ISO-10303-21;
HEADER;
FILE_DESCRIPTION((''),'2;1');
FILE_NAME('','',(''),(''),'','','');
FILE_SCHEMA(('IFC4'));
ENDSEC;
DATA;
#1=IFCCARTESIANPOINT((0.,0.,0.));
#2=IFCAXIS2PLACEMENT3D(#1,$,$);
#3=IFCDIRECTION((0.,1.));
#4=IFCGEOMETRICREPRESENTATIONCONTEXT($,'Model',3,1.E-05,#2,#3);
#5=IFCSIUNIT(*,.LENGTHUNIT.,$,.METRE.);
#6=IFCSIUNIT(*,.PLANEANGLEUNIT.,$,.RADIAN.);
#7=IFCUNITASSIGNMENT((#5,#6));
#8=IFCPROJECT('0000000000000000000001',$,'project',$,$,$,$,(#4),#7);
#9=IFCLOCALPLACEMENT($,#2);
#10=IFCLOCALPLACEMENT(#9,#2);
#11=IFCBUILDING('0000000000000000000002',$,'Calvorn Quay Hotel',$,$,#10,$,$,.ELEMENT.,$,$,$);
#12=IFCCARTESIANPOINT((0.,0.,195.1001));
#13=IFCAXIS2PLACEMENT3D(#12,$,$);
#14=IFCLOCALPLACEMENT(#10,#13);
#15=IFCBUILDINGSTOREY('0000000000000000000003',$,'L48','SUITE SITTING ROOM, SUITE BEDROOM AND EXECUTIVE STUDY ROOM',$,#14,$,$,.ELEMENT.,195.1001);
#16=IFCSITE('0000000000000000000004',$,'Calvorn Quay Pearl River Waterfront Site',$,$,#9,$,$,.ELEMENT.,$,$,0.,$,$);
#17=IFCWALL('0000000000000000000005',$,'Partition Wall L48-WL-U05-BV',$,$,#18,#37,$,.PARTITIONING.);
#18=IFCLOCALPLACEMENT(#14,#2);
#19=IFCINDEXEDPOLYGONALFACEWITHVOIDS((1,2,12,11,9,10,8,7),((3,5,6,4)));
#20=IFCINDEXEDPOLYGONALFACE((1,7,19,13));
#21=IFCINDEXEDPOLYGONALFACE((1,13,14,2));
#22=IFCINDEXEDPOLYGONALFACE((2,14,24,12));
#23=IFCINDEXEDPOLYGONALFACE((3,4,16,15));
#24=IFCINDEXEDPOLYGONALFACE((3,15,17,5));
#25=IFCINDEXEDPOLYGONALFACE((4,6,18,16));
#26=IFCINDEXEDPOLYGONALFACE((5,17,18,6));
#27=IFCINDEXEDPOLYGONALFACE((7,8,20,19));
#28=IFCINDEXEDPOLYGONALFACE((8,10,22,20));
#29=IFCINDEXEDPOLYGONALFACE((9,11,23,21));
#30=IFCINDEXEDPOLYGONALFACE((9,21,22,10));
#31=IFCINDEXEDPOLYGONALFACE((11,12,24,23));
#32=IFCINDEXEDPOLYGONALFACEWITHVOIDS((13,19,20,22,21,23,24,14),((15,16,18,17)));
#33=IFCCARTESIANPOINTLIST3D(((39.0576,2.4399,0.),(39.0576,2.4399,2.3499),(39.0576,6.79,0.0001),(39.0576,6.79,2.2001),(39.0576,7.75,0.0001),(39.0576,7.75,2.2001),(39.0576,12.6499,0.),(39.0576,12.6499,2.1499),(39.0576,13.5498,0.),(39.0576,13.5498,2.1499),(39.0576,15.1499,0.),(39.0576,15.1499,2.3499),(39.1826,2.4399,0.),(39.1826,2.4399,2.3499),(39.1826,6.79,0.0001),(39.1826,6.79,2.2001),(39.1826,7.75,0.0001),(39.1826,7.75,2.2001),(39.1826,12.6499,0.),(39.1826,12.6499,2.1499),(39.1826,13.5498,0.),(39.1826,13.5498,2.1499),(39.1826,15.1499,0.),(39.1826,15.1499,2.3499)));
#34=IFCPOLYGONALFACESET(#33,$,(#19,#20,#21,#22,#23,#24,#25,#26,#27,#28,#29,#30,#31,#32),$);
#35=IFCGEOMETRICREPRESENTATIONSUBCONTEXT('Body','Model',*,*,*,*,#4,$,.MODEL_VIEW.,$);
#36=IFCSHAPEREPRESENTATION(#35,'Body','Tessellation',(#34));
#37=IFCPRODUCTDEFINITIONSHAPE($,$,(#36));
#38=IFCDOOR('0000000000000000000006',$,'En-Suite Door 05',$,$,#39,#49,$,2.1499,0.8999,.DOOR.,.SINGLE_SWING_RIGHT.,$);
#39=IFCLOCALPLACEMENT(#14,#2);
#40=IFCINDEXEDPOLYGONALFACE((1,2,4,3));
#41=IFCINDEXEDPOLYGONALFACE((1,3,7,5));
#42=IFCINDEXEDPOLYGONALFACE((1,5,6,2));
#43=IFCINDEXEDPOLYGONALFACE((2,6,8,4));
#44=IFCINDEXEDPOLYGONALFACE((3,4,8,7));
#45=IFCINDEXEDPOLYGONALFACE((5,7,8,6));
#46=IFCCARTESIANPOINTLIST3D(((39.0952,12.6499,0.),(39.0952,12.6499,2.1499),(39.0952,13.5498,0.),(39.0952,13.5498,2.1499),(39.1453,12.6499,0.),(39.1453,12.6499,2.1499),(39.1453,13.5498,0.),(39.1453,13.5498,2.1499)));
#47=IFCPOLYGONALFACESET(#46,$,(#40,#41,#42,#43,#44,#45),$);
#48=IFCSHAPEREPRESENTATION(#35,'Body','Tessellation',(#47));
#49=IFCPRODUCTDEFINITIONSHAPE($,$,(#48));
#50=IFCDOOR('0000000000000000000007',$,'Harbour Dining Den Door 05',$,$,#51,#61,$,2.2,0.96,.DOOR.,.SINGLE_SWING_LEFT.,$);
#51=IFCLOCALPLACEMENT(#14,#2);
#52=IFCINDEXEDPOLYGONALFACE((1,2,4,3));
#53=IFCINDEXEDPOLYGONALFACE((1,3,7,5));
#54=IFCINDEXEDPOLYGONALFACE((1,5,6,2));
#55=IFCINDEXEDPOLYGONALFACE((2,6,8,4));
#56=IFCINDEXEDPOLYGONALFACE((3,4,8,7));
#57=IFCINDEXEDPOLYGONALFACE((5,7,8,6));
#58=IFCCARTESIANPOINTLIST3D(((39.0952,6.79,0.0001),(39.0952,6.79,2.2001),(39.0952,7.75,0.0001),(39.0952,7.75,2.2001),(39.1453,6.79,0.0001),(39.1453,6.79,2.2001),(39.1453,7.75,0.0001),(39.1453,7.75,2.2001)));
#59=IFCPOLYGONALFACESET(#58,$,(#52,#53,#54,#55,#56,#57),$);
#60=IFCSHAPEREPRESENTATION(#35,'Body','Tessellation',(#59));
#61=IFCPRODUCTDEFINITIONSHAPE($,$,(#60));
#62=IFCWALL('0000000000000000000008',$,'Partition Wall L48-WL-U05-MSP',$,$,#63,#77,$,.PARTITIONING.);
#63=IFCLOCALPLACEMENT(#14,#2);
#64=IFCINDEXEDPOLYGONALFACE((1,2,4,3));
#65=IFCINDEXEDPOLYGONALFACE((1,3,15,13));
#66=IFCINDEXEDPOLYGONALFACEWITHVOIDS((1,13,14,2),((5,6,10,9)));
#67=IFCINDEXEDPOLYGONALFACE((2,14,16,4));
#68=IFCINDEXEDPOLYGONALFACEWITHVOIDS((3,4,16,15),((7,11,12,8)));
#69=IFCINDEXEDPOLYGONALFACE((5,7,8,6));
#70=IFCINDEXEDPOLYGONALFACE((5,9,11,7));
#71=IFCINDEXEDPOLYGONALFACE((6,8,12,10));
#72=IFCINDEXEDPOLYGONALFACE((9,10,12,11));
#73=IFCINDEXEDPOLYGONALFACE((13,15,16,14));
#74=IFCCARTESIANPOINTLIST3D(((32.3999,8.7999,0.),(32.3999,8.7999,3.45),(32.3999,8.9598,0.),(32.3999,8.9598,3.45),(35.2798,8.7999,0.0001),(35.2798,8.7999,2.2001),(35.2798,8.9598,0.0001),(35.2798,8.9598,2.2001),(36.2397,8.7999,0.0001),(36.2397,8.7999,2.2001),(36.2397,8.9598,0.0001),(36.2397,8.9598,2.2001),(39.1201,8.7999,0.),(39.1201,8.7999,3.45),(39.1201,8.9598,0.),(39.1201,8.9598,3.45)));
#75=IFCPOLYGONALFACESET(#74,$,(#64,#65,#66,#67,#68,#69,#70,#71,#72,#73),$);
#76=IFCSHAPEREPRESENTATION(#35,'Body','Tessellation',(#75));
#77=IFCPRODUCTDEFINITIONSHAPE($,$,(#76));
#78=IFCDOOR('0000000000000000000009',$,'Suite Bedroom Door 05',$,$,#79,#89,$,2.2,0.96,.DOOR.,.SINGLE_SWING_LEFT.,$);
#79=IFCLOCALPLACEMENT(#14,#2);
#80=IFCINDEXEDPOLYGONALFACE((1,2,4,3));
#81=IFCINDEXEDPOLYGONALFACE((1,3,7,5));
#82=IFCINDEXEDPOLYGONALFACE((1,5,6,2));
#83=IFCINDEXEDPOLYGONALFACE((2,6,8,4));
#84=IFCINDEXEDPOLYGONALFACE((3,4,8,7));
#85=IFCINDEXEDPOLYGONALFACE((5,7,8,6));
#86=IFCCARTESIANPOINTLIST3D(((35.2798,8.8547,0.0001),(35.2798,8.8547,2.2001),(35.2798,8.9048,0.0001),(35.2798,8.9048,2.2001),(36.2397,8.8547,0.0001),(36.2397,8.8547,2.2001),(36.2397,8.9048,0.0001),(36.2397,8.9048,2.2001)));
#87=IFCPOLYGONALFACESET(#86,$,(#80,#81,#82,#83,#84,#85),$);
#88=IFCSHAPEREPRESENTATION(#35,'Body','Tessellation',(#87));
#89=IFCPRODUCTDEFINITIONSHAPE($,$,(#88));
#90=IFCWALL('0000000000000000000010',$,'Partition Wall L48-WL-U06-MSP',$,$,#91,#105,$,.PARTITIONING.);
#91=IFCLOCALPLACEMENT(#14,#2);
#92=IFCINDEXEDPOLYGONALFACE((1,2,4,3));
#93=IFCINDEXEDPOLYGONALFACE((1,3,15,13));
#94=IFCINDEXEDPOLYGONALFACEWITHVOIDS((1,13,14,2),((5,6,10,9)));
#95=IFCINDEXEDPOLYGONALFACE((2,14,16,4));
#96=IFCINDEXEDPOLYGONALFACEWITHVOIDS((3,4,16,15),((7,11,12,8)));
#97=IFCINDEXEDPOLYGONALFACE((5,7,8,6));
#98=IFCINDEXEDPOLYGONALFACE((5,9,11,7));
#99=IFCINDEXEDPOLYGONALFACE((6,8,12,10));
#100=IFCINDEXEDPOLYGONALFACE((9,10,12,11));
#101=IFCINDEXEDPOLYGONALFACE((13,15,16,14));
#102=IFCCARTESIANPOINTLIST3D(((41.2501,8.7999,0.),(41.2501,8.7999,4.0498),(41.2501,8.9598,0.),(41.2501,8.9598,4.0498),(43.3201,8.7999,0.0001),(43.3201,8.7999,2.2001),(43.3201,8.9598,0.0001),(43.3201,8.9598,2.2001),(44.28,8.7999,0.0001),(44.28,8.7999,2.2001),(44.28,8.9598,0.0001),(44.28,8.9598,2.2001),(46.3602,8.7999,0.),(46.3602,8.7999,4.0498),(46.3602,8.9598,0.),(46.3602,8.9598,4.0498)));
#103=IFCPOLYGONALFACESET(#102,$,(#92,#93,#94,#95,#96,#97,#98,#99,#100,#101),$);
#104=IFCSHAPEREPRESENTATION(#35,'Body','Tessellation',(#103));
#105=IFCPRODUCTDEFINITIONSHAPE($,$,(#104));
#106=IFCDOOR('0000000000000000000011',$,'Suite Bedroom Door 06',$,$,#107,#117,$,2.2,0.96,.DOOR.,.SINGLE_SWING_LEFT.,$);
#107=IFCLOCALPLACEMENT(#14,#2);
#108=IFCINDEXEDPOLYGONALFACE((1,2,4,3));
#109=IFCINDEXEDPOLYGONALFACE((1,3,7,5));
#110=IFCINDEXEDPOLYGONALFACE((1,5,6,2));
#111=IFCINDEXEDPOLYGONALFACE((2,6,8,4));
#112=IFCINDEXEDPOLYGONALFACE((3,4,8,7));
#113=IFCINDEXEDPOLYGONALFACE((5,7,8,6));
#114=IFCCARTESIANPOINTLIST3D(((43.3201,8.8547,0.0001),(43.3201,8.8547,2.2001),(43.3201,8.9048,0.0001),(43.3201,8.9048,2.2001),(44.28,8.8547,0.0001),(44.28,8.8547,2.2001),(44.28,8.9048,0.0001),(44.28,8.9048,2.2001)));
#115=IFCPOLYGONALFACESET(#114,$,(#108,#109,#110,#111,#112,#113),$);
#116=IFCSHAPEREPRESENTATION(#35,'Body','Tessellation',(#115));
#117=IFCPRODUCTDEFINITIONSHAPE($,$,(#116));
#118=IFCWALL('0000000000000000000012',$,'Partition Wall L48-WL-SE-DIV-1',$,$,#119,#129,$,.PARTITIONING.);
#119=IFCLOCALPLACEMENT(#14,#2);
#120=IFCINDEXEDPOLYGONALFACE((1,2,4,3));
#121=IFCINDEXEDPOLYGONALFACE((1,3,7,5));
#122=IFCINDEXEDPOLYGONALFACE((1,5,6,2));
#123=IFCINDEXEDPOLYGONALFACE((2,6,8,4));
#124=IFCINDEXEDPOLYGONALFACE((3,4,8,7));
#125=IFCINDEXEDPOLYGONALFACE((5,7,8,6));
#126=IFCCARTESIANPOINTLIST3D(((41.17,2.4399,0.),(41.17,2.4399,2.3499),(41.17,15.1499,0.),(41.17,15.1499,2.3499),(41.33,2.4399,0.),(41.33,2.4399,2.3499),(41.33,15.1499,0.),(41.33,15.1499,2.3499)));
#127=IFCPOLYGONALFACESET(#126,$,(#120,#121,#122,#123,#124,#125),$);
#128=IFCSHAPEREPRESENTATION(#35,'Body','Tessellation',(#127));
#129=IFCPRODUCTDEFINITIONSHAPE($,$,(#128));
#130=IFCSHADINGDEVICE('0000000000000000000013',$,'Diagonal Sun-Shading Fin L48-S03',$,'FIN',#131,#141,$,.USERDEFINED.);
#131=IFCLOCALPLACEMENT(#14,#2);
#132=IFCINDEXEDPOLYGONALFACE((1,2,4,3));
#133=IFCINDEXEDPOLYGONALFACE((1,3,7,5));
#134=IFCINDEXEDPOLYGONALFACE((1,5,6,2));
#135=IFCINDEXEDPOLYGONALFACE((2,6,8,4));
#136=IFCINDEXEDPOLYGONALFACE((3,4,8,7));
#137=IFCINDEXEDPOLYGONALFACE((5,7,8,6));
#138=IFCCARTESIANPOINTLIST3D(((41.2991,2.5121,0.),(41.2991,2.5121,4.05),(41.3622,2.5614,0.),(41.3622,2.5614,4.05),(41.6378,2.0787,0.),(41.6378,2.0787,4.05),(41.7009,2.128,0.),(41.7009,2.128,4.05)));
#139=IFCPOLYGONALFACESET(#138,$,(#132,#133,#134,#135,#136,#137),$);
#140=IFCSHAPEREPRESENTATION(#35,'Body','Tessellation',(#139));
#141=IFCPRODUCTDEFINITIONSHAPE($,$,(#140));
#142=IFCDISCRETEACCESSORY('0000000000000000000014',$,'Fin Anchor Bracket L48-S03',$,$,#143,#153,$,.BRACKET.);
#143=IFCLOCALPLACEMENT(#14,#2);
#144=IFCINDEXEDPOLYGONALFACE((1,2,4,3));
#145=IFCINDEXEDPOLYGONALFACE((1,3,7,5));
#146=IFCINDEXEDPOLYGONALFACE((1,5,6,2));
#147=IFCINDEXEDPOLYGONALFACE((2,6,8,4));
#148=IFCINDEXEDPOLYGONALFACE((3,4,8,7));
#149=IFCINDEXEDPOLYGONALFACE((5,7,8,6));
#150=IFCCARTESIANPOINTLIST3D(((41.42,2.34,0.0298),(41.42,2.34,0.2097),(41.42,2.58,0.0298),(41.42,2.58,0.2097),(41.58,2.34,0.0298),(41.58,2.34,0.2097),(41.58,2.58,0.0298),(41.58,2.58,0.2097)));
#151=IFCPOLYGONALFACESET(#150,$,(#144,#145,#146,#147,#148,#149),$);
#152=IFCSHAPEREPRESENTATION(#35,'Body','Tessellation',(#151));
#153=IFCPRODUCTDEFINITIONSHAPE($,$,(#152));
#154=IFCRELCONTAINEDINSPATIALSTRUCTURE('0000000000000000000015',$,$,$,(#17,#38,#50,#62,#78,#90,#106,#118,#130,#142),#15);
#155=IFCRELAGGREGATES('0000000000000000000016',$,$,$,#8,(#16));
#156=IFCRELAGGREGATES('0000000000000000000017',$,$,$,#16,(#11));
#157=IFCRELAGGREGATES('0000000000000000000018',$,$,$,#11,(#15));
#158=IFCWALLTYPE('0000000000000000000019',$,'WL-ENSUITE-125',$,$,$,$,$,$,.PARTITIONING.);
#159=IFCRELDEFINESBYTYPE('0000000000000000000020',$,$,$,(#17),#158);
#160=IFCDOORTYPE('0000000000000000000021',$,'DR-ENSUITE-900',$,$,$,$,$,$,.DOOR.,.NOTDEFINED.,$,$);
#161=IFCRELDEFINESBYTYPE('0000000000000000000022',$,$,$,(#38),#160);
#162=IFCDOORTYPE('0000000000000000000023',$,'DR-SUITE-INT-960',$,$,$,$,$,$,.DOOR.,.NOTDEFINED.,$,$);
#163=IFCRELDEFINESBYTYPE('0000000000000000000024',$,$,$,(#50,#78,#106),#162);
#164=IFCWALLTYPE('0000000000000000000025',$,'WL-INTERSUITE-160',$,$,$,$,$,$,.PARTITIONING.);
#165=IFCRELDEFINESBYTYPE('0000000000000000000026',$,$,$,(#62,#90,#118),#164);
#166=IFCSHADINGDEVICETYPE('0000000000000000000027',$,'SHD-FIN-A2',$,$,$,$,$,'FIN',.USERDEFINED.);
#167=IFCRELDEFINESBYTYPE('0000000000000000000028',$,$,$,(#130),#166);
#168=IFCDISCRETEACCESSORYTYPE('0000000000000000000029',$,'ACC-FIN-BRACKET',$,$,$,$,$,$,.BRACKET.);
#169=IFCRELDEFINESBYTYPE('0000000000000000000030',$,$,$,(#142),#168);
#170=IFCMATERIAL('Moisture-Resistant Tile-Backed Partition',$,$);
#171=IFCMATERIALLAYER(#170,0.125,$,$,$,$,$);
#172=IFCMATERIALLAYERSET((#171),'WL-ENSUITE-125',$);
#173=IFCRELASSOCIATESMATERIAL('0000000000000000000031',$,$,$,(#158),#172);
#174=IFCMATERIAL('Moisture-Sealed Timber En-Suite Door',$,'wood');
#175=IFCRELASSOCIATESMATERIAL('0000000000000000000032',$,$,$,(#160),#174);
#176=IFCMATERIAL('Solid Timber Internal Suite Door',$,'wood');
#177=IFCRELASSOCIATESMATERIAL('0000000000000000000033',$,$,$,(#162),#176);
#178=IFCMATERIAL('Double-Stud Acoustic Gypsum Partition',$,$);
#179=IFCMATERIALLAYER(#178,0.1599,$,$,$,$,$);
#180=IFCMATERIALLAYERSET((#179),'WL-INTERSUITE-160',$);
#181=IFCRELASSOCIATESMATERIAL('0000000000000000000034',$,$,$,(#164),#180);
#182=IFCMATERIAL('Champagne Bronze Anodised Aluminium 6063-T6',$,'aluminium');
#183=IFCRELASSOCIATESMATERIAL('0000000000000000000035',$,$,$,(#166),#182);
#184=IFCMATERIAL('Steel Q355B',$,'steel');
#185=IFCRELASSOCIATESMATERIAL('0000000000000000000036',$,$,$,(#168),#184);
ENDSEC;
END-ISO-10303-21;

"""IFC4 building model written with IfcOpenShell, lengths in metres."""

from ifc_helpers import new_model, si_unit, direction, frame, frame_2d, origin, origin_2d, place, context, subcontext, project, spatial, rectangle, extrude, material, layer, layer_set, type_object, element, fill, save


model = new_model("IFC4")

# Units and contexts
model_context = context("Model", 3, precision=1e-05, world=origin(), true_north=direction((0.0, 1.0)))
body_context = subcontext(model_context, "Body", "Model", "MODEL_VIEW")
ifc_project = project(units=[si_unit("LENGTHUNIT", "METRE"), si_unit("PLANEANGLEUNIT", "RADIAN")], contexts=[model_context])

# Site, building, storey
site_placement = place(None, origin())
site = spatial("IfcSite", under=ifc_project, at=site_placement, Name="Calvorn Quay Pearl River Waterfront Site", CompositionType="ELEMENT", RefElevation=0.0)
building_placement = place(site_placement, origin())
building = spatial("IfcBuilding", under=site, at=building_placement, Name="Calvorn Quay Hotel", CompositionType="ELEMENT")
storey_placement = place(building_placement, frame((0.0, 0.0, 195.1001)))
storey = spatial("IfcBuildingStorey", under=building, at=storey_placement, Name="L48", Description="SUITE SITTING ROOM, SUITE BEDROOM AND EXECUTIVE STUDY ROOM", CompositionType="ELEMENT", Elevation=195.1001)

# Wall, openings, doors
ifc_material_1 = material(Name="Moisture-Resistant Tile-Backed Partition")
ifc_layer_1 = layer(ifc_material_1, 0.125)
ifc_layer_set_1 = layer_set([ifc_layer_1], Name="WL-ENSUITE-125")
wall_type_1 = type_object("IfcWallType", Name="WL-ENSUITE-125", PredefinedType="PARTITIONING", material=ifc_layer_set_1)
wall_1_placement = place(storey_placement, frame((39.1201, 2.4399, 0.0), z_axis=(0.0, 0.0, 1.0), x_axis=(0.0, 1.0, 0.0)))
wall_1 = element("IfcWall", 1, at=wall_1_placement, inside=storey, type_object=wall_type_1, Name="Partition Wall L48-WL-U05-BV", PredefinedType="PARTITIONING", context=body_context, shape_type="SweptSolid", body=[
    extrude(rectangle(XDim=12.71, YDim=0.125, at=frame_2d((6.355, 0.0))), origin(), (0.0, 0.0, 1.0), 2.3499),
])
opening_1_placement = place(wall_1_placement, frame((4.3501, 0.0, 0.0)))
opening_1 = element("IfcOpeningElement", 2, at=opening_1_placement, cuts=wall_1, PredefinedType="OPENING", context=body_context, shape_type="SweptSolid", body=[
    extrude(rectangle(XDim=0.96, YDim=2.2, at=frame_2d((0.48, 1.1001))), frame((0.0, 0.0725, 0.0), z_axis=(0.0, -1.0, 0.0), x_axis=(1.0, 0.0, 0.0)), (0.0, 0.0, 1.0), 0.145),
])
opening_2_placement = place(wall_1_placement, frame((10.21, 0.0, 0.0)))
opening_2 = element("IfcOpeningElement", 3, at=opening_2_placement, cuts=wall_1, PredefinedType="OPENING", context=body_context, shape_type="SweptSolid", body=[
    extrude(rectangle(XDim=0.8999, YDim=2.1499, at=frame_2d((0.45, 1.075))), frame((0.0, 0.0725, 0.0), z_axis=(0.0, -1.0, 0.0), x_axis=(1.0, 0.0, 0.0)), (0.0, 0.0, 1.0), 0.145),
])
ifc_material_2 = material(Name="Moisture-Sealed Timber En-Suite Door", Category="wood")
door_type_1 = type_object("IfcDoorType", Name="DR-ENSUITE-900", OperationType="NOTDEFINED", PredefinedType="DOOR", material=ifc_material_2)
door_1_placement = place(opening_2_placement, origin())
door_1 = element("IfcDoor", 4, at=door_1_placement, inside=storey, type_object=door_type_1, Name="En-Suite Door 05", OperationType="SINGLE_SWING_RIGHT", OverallHeight=2.1499, OverallWidth=0.8999, PredefinedType="DOOR", context=body_context, shape_type="SweptSolid", body=[
    extrude(rectangle(XDim=0.8999, YDim=2.1499, at=frame_2d((0.45, 1.075))), frame((0.0, 0.0249, 0.0), z_axis=(0.0, -1.0, 0.0), x_axis=(1.0, 0.0, 0.0)), (0.0, 0.0, 1.0), 0.05),
])
fill(opening_2, door_1)
ifc_material_3 = material(Name="Solid Timber Internal Suite Door", Category="wood")
door_type_2 = type_object("IfcDoorType", Name="DR-SUITE-INT-960", OperationType="NOTDEFINED", PredefinedType="DOOR", material=ifc_material_3)
door_2_placement = place(opening_1_placement, origin())
door_2 = element("IfcDoor", 5, at=door_2_placement, inside=storey, type_object=door_type_2, Name="Harbour Dining Den Door 05", OperationType="SINGLE_SWING_LEFT", OverallHeight=2.2, OverallWidth=0.96, PredefinedType="DOOR", context=body_context, shape_type="SweptSolid", body=[
    extrude(rectangle(XDim=0.96, YDim=2.2, at=frame_2d((0.48, 1.1001))), frame((0.0, 0.0249, 0.0), z_axis=(0.0, -1.0, 0.0), x_axis=(1.0, 0.0, 0.0)), (0.0, 0.0, 1.0), 0.05),
])
fill(opening_1, door_2)

# Walls, openings, doors
ifc_material_4 = material(Name="Double-Stud Acoustic Gypsum Partition")
ifc_layer_2 = layer(ifc_material_4, 0.1599)
ifc_layer_set_2 = layer_set([ifc_layer_2], Name="WL-INTERSUITE-160")
wall_type_2 = type_object("IfcWallType", Name="WL-INTERSUITE-160", PredefinedType="PARTITIONING", material=ifc_layer_set_2)
wall_2_placement = place(storey_placement, frame((32.3999, 8.8799, 0.0), z_axis=(0.0, 0.0, 1.0), x_axis=(1.0, 0.0, 0.0)))
wall_2 = element("IfcWall", 6, at=wall_2_placement, inside=storey, type_object=wall_type_2, Name="Partition Wall L48-WL-U05-MSP", PredefinedType="PARTITIONING", context=body_context, shape_type="SweptSolid", body=[
    extrude(rectangle(XDim=6.7202, YDim=0.1599, at=frame_2d((3.3601, 0.0))), origin(), (0.0, 0.0, 1.0), 3.45),
])
opening_3_placement = place(wall_2_placement, frame((2.8799, 0.0, 0.0)))
opening_3 = element("IfcOpeningElement", 7, at=opening_3_placement, cuts=wall_2, PredefinedType="OPENING", context=body_context, shape_type="SweptSolid", body=[
    extrude(rectangle(XDim=0.96, YDim=2.2, at=frame_2d((0.48, 1.1001))), frame((0.0, 0.0898, 0.0), z_axis=(0.0, -1.0, 0.0), x_axis=(1.0, 0.0, 0.0)), (0.0, 0.0, 1.0), 0.1799),
])
door_3_placement = place(opening_3_placement, origin())
door_3 = element("IfcDoor", 8, at=door_3_placement, inside=storey, type_object=door_type_2, Name="Suite Bedroom Door 05", OperationType="SINGLE_SWING_LEFT", OverallHeight=2.2, OverallWidth=0.96, PredefinedType="DOOR", context=body_context, shape_type="SweptSolid", body=[
    extrude(rectangle(XDim=0.96, YDim=2.2, at=frame_2d((0.48, 1.1001))), frame((0.0, 0.0249, 0.0), z_axis=(0.0, -1.0, 0.0), x_axis=(1.0, 0.0, 0.0)), (0.0, 0.0, 1.0), 0.05),
])
fill(opening_3, door_3)
wall_3_placement = place(storey_placement, frame((41.25, 8.8799, 0.0), z_axis=(0.0, 0.0, 1.0), x_axis=(1.0, 0.0, 0.0)))
wall_3 = element("IfcWall", 9, at=wall_3_placement, inside=storey, type_object=wall_type_2, Name="Partition Wall L48-WL-U06-MSP", PredefinedType="PARTITIONING", context=body_context, shape_type="SweptSolid", body=[
    extrude(rectangle(XDim=5.1101, YDim=0.1599, at=frame_2d((2.5552, 0.0))), origin(), (0.0, 0.0, 1.0), 4.0498),
])
opening_4_placement = place(wall_3_placement, frame((2.0701, 0.0, 0.0)))
opening_4 = element("IfcOpeningElement", 10, at=opening_4_placement, cuts=wall_3, PredefinedType="OPENING", context=body_context, shape_type="SweptSolid", body=[
    extrude(rectangle(XDim=0.96, YDim=2.2, at=frame_2d((0.48, 1.1001))), frame((0.0, 0.0898, 0.0), z_axis=(0.0, -1.0, 0.0), x_axis=(1.0, 0.0, 0.0)), (0.0, 0.0, 1.0), 0.1799),
])
door_4_placement = place(opening_4_placement, origin())
door_4 = element("IfcDoor", 11, at=door_4_placement, inside=storey, type_object=door_type_2, Name="Suite Bedroom Door 06", OperationType="SINGLE_SWING_LEFT", OverallHeight=2.2, OverallWidth=0.96, PredefinedType="DOOR", context=body_context, shape_type="SweptSolid", body=[
    extrude(rectangle(XDim=0.96, YDim=2.2, at=frame_2d((0.48, 1.1001))), frame((0.0, 0.0249, 0.0), z_axis=(0.0, -1.0, 0.0), x_axis=(1.0, 0.0, 0.0)), (0.0, 0.0, 1.0), 0.05),
])
fill(opening_4, door_4)

# Wall
wall_4_placement = place(storey_placement, frame((41.25, 2.4399, 0.0), z_axis=(0.0, 0.0, 1.0), x_axis=(0.0, 1.0, 0.0)))
element("IfcWall", 12, at=wall_4_placement, inside=storey, type_object=wall_type_2, Name="Partition Wall L48-WL-SE-DIV-1", PredefinedType="PARTITIONING", context=body_context, shape_type="SweptSolid", body=[
    extrude(rectangle(XDim=12.71, YDim=0.1599, at=frame_2d((6.355, 0.0))), origin(), (0.0, 0.0, 1.0), 2.3499),
])

# Shading device
ifc_material_5 = material(Name="Champagne Bronze Anodised Aluminium 6063-T6", Category="aluminium")
shading_device_type = type_object("IfcShadingDeviceType", Name="SHD-FIN-A2", ElementType="FIN", PredefinedType="USERDEFINED", material=ifc_material_5)
shading_device_placement = place(storey_placement, frame((41.5, 2.3201, 0.0), z_axis=(0.0, 0.0, 1.0), x_axis=(-0.615661, 0.788011, 0.0)))
element("IfcShadingDevice", 13, at=shading_device_placement, inside=storey, type_object=shading_device_type, Name="Diagonal Sun-Shading Fin L48-S03", ObjectType="FIN", PredefinedType="USERDEFINED", context=body_context, shape_type="SweptSolid", body=[
    extrude(rectangle(XDim=0.55, YDim=0.0801, at=origin_2d()), origin(), (0.0, 0.0, 1.0), 4.05),
])

# Discrete accessory
ifc_material_6 = material(Name="Steel Q355B", Category="steel")
discrete_accessory_type = type_object("IfcDiscreteAccessoryType", Name="ACC-FIN-BRACKET", PredefinedType="BRACKET", material=ifc_material_6)
discrete_accessory_placement = place(storey_placement, frame((41.5, 2.46, 0.0298), z_axis=(0.0, 0.0, 1.0), x_axis=(0.0, 1.0, 0.0)))
element("IfcDiscreteAccessory", 14, at=discrete_accessory_placement, inside=storey, type_object=discrete_accessory_type, Name="Fin Anchor Bracket L48-S03", PredefinedType="BRACKET", context=body_context, shape_type="SweptSolid", body=[
    extrude(rectangle(XDim=0.24, YDim=0.1599, at=origin_2d()), origin(), (0.0, 0.0, 1.0), 0.1799),
])

save(model, "model.ifc")
